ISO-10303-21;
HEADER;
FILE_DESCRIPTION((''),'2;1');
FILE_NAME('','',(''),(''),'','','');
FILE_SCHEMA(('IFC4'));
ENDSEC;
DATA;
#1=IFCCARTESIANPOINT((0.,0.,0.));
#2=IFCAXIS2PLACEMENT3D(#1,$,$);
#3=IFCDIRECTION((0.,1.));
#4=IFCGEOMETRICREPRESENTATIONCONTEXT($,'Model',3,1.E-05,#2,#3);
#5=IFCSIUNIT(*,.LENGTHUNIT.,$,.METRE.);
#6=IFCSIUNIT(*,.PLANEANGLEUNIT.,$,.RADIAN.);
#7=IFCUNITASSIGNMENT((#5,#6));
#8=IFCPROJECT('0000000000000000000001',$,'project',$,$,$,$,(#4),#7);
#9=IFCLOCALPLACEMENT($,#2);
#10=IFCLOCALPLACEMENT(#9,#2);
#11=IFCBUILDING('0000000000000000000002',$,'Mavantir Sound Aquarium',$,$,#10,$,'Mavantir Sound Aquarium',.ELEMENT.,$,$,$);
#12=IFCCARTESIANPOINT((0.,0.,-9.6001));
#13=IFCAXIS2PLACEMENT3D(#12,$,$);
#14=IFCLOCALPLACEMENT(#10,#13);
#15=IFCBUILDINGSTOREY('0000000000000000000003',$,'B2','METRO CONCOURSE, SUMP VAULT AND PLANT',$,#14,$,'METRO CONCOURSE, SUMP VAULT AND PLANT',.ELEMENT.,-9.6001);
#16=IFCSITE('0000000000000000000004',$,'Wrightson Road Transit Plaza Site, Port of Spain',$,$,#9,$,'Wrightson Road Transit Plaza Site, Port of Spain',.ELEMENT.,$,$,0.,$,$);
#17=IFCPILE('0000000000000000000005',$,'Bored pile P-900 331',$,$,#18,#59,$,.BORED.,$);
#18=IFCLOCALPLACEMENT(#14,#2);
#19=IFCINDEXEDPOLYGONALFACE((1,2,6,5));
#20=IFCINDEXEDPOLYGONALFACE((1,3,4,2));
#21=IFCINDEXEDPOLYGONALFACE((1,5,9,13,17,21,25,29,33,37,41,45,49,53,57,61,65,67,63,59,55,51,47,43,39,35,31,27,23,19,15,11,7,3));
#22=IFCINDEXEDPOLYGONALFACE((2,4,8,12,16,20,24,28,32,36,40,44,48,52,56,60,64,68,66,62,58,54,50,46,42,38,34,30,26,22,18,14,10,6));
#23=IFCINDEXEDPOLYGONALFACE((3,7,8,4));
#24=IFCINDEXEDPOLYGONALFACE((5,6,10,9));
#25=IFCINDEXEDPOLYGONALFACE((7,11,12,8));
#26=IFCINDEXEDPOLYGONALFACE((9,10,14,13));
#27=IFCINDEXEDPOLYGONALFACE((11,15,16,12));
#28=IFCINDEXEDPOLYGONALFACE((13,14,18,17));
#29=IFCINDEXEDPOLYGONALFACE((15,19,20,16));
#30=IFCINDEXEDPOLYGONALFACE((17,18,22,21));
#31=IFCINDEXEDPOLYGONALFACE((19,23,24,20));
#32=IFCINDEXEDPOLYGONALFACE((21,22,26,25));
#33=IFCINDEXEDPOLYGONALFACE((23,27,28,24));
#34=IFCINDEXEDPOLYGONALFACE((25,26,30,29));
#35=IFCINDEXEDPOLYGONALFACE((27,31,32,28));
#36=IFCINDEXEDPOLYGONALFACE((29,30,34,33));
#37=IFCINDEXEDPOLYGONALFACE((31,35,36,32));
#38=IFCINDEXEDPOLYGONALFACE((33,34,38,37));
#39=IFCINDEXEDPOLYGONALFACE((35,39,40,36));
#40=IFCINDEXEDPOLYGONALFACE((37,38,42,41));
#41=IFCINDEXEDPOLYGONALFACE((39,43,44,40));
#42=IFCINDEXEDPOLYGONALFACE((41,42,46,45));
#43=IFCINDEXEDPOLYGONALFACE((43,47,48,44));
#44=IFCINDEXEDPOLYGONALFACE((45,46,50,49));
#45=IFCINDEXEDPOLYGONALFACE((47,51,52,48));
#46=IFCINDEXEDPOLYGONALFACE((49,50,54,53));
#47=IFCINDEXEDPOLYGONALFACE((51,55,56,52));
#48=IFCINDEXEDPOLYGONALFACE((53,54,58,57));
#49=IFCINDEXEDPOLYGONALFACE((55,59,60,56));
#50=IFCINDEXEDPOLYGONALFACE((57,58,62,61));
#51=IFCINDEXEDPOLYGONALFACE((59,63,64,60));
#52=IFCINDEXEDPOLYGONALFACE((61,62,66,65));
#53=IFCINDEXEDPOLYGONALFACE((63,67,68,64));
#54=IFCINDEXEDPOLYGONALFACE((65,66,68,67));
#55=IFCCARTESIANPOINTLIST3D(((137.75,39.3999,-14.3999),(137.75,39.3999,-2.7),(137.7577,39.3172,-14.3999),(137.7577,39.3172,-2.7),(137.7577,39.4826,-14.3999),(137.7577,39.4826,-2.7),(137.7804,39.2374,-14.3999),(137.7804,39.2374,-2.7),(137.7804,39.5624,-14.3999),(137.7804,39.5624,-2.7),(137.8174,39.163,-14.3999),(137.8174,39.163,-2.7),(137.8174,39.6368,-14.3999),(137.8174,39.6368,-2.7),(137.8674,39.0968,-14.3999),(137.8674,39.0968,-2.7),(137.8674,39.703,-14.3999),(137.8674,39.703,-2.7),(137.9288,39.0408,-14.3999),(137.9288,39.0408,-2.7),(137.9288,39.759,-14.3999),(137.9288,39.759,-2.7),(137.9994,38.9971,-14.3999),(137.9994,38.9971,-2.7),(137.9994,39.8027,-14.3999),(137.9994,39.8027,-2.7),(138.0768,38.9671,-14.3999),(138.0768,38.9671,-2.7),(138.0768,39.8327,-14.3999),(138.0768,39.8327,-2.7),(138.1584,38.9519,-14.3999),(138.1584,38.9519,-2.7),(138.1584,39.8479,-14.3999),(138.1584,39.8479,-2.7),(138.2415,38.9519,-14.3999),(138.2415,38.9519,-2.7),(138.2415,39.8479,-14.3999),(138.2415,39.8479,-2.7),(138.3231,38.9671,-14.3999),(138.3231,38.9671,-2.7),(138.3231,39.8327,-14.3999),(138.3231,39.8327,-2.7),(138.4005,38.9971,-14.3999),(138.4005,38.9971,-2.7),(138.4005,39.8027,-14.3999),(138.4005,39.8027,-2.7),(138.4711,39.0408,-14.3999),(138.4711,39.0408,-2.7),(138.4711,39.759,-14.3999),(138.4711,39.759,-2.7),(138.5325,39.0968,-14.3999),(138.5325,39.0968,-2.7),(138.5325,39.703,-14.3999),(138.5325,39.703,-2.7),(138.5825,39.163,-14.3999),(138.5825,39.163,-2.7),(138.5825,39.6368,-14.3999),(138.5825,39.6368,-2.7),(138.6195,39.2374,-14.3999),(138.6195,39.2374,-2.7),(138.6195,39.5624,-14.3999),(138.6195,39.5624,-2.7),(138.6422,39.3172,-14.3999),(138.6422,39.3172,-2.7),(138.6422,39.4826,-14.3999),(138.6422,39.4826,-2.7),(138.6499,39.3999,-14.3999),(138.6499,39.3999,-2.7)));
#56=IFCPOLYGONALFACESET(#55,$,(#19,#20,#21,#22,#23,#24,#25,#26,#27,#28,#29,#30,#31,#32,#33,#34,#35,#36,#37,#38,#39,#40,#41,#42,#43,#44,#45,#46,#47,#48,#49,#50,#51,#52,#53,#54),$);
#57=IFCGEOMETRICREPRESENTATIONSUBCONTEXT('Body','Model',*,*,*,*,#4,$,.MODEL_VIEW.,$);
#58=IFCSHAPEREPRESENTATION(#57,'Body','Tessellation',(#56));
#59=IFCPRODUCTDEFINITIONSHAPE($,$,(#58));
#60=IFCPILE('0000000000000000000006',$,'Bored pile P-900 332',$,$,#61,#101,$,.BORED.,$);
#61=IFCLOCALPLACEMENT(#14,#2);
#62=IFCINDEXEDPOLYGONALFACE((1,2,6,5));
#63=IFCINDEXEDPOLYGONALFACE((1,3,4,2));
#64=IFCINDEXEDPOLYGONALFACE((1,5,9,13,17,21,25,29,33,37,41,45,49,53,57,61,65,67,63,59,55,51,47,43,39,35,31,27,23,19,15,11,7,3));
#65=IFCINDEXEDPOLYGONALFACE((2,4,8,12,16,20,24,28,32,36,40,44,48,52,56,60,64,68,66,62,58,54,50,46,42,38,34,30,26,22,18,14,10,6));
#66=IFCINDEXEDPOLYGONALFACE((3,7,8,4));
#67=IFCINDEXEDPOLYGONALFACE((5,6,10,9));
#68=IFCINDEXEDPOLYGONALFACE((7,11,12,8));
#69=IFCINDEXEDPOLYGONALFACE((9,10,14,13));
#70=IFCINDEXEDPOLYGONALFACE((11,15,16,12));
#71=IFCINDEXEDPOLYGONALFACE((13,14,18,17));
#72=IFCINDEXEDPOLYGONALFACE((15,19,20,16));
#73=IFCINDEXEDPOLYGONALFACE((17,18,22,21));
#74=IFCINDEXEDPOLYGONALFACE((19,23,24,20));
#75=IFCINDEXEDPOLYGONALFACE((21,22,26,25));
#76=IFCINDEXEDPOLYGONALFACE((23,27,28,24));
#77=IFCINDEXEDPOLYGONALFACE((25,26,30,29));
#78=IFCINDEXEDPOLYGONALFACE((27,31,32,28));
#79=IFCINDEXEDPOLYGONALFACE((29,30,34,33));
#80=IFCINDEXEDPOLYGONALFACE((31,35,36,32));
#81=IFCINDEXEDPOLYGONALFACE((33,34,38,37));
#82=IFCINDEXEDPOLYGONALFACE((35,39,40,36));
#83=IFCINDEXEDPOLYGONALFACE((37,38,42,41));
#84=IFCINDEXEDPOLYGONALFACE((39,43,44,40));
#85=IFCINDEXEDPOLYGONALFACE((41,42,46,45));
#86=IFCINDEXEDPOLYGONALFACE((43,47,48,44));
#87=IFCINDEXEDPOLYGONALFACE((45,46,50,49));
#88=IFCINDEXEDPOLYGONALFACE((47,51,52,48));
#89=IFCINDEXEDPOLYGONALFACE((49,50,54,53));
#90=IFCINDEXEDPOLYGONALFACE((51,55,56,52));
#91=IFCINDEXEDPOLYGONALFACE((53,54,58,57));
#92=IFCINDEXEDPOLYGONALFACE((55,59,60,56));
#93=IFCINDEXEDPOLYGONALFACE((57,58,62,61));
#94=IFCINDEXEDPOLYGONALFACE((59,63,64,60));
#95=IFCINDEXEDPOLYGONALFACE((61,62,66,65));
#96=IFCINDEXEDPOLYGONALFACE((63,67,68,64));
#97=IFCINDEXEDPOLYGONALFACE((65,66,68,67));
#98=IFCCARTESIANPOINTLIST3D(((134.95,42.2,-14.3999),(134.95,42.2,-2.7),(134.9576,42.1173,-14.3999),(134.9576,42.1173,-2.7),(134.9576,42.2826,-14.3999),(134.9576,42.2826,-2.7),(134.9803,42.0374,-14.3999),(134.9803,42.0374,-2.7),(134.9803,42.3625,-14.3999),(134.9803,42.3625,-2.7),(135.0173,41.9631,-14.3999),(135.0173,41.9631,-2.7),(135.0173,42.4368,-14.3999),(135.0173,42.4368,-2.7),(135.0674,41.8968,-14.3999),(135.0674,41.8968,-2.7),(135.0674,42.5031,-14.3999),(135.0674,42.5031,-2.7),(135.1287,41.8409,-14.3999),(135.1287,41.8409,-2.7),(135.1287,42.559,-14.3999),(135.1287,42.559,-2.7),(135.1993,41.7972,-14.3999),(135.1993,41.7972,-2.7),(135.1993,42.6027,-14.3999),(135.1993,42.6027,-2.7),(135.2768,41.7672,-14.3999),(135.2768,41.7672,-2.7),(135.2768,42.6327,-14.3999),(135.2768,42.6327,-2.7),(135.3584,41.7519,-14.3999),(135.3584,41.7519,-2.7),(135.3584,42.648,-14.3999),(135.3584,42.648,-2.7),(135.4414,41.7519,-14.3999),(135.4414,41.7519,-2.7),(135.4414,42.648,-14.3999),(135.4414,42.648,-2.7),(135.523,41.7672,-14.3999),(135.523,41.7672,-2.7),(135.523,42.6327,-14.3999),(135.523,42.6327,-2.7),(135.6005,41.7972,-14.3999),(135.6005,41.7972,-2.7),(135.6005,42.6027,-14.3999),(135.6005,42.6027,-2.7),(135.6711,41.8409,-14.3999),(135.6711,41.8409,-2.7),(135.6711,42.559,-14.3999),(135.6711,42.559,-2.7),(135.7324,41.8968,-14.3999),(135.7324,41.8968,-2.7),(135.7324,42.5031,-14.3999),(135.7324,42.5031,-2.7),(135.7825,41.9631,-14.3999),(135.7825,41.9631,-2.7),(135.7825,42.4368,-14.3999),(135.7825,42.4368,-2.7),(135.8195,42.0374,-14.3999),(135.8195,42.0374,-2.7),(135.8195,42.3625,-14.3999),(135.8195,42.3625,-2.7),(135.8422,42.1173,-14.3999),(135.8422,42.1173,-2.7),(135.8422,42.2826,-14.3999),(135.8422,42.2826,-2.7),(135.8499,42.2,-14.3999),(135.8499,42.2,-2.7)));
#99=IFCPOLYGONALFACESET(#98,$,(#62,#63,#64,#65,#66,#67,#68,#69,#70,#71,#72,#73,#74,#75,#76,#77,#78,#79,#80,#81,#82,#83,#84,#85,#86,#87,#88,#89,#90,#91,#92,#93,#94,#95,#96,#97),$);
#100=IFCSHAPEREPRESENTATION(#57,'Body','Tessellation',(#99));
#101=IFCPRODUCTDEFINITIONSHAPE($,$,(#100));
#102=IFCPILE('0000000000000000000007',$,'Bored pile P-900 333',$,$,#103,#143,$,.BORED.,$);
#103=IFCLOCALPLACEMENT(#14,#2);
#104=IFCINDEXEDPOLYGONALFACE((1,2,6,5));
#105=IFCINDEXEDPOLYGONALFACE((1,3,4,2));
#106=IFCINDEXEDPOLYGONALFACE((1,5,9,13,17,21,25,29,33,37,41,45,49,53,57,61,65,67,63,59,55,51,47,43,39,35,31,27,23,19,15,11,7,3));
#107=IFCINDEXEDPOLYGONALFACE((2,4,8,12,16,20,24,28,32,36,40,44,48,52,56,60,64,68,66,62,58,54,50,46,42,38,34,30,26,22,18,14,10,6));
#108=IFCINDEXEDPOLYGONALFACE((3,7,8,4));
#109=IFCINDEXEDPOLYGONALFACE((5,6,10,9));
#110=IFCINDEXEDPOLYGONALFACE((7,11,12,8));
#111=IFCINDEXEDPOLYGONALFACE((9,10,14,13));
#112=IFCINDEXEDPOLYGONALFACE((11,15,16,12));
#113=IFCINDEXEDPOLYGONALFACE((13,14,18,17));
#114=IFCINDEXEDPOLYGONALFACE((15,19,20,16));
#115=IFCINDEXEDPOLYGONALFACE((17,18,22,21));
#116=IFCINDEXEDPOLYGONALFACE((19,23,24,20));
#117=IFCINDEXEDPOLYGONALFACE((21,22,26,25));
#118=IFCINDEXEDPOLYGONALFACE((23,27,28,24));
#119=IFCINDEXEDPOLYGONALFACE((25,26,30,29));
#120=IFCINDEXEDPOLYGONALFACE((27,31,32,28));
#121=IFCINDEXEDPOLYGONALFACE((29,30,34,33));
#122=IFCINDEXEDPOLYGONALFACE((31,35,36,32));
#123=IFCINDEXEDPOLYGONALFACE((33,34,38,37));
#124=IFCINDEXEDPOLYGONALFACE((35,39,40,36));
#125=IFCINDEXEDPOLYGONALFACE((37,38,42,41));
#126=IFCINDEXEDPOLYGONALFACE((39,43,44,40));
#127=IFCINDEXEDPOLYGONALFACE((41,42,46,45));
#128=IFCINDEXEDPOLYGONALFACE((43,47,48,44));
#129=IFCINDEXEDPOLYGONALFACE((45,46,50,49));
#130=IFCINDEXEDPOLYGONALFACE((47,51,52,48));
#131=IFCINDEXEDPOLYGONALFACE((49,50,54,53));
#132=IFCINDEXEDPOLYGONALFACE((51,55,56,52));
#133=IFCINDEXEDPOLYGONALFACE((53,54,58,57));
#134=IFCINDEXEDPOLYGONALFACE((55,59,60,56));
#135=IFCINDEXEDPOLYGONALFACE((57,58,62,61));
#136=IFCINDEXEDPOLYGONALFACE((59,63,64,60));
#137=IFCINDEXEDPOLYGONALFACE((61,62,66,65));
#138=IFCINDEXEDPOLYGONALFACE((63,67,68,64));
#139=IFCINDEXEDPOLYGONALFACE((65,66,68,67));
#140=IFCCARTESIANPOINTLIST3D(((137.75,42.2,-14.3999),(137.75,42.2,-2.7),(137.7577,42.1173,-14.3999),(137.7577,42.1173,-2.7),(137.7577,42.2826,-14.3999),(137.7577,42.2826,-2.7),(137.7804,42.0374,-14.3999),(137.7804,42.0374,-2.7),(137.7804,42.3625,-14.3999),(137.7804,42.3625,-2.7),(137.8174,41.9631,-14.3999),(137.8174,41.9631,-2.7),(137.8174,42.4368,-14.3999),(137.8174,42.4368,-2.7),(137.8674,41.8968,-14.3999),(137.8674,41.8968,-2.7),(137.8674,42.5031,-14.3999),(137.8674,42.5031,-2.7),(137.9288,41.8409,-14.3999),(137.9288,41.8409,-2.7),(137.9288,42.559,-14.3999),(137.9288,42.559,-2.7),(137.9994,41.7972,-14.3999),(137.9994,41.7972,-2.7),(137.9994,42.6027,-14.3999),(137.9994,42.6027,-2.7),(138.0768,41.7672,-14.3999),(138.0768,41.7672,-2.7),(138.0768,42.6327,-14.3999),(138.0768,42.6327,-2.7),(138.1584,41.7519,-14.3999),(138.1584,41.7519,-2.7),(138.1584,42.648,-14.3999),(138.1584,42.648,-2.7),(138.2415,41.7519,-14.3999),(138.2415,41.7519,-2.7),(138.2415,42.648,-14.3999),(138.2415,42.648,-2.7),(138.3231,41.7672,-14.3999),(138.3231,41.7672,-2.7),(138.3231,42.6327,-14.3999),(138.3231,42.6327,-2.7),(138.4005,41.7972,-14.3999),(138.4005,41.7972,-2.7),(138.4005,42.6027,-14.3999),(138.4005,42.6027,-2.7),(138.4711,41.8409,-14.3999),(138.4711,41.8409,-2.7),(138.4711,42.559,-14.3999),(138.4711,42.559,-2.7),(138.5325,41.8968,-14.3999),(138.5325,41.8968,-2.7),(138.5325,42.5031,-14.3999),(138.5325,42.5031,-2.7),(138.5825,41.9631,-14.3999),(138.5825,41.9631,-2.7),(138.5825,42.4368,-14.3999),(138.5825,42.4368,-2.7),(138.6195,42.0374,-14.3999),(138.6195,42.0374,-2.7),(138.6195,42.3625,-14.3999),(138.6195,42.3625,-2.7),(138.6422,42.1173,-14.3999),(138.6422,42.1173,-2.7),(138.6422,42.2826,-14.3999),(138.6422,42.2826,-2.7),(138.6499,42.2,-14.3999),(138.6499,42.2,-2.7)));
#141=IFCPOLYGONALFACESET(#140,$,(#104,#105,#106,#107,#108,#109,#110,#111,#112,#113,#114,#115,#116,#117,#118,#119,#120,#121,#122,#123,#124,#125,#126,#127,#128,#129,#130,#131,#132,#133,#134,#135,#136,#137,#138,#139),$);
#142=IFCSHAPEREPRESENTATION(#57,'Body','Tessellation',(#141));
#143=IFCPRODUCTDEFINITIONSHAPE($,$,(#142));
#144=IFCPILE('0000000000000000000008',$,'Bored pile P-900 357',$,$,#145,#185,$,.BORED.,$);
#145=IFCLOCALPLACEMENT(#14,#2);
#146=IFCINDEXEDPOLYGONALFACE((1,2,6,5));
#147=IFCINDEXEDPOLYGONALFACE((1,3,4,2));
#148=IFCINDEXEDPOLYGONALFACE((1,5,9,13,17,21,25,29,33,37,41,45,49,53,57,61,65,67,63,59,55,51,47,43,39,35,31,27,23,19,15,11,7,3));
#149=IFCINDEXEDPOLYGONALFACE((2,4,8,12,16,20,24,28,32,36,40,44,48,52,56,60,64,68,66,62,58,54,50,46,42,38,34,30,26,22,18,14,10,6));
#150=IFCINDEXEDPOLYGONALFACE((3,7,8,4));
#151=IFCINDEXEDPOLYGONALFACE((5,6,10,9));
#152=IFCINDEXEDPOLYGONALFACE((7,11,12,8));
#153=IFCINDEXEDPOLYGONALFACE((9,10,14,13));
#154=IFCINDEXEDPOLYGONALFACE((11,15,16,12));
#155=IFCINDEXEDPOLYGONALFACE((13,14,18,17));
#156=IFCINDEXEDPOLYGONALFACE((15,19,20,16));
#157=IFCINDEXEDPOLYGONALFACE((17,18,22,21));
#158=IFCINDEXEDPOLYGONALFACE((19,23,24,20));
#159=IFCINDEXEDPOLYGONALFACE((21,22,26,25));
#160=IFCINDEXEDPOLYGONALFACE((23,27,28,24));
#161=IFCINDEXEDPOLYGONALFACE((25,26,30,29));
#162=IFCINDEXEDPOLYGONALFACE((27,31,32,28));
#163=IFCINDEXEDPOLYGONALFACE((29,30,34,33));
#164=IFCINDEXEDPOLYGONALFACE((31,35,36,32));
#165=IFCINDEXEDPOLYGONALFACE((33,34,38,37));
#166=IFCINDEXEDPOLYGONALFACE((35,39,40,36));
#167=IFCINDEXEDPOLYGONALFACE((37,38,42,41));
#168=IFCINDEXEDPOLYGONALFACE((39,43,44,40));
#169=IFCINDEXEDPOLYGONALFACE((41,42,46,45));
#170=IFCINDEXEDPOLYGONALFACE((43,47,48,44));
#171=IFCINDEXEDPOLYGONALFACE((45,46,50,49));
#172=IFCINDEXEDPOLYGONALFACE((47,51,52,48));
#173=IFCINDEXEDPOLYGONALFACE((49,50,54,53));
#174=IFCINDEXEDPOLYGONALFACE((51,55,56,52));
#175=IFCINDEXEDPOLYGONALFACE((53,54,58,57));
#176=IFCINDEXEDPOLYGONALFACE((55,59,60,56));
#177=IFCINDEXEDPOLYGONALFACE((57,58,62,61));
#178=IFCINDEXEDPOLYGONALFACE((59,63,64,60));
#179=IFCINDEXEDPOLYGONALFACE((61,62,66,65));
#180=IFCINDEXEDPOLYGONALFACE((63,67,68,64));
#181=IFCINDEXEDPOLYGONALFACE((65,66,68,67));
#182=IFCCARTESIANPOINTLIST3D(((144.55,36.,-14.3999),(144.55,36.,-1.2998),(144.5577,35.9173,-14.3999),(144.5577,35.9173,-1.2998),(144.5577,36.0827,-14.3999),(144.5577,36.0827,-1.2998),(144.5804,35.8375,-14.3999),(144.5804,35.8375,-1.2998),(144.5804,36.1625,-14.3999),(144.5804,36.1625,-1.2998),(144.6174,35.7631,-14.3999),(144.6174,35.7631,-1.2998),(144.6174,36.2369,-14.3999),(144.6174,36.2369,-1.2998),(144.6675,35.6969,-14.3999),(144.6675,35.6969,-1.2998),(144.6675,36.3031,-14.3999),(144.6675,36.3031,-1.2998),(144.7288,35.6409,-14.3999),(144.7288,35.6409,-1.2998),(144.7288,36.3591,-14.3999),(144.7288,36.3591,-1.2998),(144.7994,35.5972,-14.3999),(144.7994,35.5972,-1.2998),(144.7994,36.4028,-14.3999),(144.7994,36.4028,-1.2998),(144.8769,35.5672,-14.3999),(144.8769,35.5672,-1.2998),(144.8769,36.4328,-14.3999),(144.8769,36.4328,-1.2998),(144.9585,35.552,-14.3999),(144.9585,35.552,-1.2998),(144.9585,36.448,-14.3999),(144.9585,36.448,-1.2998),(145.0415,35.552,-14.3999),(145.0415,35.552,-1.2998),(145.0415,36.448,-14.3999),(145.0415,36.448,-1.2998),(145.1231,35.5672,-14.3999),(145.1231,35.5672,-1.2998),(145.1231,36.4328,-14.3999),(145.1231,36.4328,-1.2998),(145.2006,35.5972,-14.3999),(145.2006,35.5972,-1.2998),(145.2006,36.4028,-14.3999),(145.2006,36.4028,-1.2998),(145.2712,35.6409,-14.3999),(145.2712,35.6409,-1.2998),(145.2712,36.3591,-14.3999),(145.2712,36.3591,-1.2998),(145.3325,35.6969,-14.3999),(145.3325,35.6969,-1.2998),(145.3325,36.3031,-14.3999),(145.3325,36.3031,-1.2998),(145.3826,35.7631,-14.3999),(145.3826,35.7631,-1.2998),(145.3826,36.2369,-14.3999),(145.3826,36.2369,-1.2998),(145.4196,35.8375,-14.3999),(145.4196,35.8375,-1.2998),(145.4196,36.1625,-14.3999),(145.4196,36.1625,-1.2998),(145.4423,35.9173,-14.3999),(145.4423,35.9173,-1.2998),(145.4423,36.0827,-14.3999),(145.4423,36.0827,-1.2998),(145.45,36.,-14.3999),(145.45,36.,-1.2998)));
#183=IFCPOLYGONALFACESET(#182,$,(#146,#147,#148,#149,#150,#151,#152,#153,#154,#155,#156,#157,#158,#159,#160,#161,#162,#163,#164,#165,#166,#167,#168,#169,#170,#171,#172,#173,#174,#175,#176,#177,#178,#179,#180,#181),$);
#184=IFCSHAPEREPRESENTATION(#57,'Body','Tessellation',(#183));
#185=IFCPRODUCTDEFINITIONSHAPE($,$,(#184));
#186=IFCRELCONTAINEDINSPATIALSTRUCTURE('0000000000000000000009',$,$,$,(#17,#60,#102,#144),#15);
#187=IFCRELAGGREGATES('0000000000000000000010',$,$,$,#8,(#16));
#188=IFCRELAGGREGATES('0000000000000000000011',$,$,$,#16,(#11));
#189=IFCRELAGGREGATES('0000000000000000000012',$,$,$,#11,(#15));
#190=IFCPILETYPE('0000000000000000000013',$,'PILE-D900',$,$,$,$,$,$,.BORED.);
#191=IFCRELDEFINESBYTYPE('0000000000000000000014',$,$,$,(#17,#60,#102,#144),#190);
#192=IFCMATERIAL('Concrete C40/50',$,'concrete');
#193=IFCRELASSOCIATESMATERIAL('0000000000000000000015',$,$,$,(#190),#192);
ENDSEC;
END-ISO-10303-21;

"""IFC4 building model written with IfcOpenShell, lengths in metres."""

from ifc_helpers import new_model, si_unit, direction, frame, origin, origin_2d, place, context, subcontext, project, spatial, circle, extrude, material, material_profile, profile_set, type_object, element, save


model = new_model("IFC4")

# Units and contexts
model_context = context("Model", 3, precision=1e-05, world=origin(), true_north=direction((0.0, 1.0)))
body_context = subcontext(model_context, "Body", "Model", "MODEL_VIEW")
ifc_project = project(units=[si_unit("LENGTHUNIT", "METRE"), si_unit("PLANEANGLEUNIT", "RADIAN")], contexts=[model_context])

# Site, building, storey
site_placement = place(None, origin())
site = spatial("IfcSite", under=ifc_project, at=site_placement, Name="Wrightson Road Transit Plaza Site, Port of Spain", LongName="Wrightson Road Transit Plaza Site, Port of Spain", CompositionType="ELEMENT", RefElevation=0.0)
building_placement = place(site_placement, origin())
building = spatial("IfcBuilding", under=site, at=building_placement, Name="Mavantir Sound Aquarium", LongName="Mavantir Sound Aquarium", CompositionType="ELEMENT")
storey_placement = place(building_placement, frame((0.0, 0.0, -9.6001)))
storey = spatial("IfcBuildingStorey", under=building, at=storey_placement, Name="B2", Description="METRO CONCOURSE, SUMP VAULT AND PLANT", LongName="METRO CONCOURSE, SUMP VAULT AND PLANT", CompositionType="ELEMENT", Elevation=-9.6001)

# Shared definitions
ifc_material_1 = material(Name="Concrete C40/50", Category="concrete")

# Piles
ifc_material_profile_1 = material_profile(ifc_material_1, circle(Radius=0.45, at=origin_2d()), Name="PILE D900")
ifc_profile_set_1 = profile_set([ifc_material_profile_1], Name="Concrete C40/50")
pile_type = type_object("IfcPileType", Name="PILE-D900", PredefinedType="BORED", material=ifc_profile_set_1)
for number, where, z_axis, x_axis, name in (
    (1, (138.2, 39.3999, -2.7), (0.0, 0.0, -1.0), (1.0, 0.0, 0.0), "Bored pile P-900 331"),
    (2, (135.3999, 42.2, -2.7), (0.0, 0.0, -1.0), (1.0, 0.0, 0.0), "Bored pile P-900 332"),
    (3, (138.2, 42.2, -2.7), (0.0, 0.0, -1.0), (1.0, 0.0, 0.0), "Bored pile P-900 333"),
):
    element("IfcPile", number, at=place(storey_placement, frame(where, z_axis=z_axis, x_axis=x_axis)), inside=storey, type_object=pile_type, Name=name, PredefinedType="BORED", context=body_context, shape_type="SweptSolid", body=[
        extrude(circle(Radius=0.45, at=origin_2d()), origin(), (0.0, 0.0, 1.0), 11.7),
    ])
pile_placement = place(storey_placement, frame((145.0, 36.0, -1.2998), z_axis=(0.0, 0.0, -1.0), x_axis=(1.0, 0.0, 0.0)))
element("IfcPile", 4, at=pile_placement, inside=storey, type_object=pile_type, Name="Bored pile P-900 357", PredefinedType="BORED", context=body_context, shape_type="SweptSolid", body=[
    extrude(circle(Radius=0.45, at=origin_2d()), origin(), (0.0, 0.0, 1.0), 13.1001),
])

save(model, "model.ifc")
